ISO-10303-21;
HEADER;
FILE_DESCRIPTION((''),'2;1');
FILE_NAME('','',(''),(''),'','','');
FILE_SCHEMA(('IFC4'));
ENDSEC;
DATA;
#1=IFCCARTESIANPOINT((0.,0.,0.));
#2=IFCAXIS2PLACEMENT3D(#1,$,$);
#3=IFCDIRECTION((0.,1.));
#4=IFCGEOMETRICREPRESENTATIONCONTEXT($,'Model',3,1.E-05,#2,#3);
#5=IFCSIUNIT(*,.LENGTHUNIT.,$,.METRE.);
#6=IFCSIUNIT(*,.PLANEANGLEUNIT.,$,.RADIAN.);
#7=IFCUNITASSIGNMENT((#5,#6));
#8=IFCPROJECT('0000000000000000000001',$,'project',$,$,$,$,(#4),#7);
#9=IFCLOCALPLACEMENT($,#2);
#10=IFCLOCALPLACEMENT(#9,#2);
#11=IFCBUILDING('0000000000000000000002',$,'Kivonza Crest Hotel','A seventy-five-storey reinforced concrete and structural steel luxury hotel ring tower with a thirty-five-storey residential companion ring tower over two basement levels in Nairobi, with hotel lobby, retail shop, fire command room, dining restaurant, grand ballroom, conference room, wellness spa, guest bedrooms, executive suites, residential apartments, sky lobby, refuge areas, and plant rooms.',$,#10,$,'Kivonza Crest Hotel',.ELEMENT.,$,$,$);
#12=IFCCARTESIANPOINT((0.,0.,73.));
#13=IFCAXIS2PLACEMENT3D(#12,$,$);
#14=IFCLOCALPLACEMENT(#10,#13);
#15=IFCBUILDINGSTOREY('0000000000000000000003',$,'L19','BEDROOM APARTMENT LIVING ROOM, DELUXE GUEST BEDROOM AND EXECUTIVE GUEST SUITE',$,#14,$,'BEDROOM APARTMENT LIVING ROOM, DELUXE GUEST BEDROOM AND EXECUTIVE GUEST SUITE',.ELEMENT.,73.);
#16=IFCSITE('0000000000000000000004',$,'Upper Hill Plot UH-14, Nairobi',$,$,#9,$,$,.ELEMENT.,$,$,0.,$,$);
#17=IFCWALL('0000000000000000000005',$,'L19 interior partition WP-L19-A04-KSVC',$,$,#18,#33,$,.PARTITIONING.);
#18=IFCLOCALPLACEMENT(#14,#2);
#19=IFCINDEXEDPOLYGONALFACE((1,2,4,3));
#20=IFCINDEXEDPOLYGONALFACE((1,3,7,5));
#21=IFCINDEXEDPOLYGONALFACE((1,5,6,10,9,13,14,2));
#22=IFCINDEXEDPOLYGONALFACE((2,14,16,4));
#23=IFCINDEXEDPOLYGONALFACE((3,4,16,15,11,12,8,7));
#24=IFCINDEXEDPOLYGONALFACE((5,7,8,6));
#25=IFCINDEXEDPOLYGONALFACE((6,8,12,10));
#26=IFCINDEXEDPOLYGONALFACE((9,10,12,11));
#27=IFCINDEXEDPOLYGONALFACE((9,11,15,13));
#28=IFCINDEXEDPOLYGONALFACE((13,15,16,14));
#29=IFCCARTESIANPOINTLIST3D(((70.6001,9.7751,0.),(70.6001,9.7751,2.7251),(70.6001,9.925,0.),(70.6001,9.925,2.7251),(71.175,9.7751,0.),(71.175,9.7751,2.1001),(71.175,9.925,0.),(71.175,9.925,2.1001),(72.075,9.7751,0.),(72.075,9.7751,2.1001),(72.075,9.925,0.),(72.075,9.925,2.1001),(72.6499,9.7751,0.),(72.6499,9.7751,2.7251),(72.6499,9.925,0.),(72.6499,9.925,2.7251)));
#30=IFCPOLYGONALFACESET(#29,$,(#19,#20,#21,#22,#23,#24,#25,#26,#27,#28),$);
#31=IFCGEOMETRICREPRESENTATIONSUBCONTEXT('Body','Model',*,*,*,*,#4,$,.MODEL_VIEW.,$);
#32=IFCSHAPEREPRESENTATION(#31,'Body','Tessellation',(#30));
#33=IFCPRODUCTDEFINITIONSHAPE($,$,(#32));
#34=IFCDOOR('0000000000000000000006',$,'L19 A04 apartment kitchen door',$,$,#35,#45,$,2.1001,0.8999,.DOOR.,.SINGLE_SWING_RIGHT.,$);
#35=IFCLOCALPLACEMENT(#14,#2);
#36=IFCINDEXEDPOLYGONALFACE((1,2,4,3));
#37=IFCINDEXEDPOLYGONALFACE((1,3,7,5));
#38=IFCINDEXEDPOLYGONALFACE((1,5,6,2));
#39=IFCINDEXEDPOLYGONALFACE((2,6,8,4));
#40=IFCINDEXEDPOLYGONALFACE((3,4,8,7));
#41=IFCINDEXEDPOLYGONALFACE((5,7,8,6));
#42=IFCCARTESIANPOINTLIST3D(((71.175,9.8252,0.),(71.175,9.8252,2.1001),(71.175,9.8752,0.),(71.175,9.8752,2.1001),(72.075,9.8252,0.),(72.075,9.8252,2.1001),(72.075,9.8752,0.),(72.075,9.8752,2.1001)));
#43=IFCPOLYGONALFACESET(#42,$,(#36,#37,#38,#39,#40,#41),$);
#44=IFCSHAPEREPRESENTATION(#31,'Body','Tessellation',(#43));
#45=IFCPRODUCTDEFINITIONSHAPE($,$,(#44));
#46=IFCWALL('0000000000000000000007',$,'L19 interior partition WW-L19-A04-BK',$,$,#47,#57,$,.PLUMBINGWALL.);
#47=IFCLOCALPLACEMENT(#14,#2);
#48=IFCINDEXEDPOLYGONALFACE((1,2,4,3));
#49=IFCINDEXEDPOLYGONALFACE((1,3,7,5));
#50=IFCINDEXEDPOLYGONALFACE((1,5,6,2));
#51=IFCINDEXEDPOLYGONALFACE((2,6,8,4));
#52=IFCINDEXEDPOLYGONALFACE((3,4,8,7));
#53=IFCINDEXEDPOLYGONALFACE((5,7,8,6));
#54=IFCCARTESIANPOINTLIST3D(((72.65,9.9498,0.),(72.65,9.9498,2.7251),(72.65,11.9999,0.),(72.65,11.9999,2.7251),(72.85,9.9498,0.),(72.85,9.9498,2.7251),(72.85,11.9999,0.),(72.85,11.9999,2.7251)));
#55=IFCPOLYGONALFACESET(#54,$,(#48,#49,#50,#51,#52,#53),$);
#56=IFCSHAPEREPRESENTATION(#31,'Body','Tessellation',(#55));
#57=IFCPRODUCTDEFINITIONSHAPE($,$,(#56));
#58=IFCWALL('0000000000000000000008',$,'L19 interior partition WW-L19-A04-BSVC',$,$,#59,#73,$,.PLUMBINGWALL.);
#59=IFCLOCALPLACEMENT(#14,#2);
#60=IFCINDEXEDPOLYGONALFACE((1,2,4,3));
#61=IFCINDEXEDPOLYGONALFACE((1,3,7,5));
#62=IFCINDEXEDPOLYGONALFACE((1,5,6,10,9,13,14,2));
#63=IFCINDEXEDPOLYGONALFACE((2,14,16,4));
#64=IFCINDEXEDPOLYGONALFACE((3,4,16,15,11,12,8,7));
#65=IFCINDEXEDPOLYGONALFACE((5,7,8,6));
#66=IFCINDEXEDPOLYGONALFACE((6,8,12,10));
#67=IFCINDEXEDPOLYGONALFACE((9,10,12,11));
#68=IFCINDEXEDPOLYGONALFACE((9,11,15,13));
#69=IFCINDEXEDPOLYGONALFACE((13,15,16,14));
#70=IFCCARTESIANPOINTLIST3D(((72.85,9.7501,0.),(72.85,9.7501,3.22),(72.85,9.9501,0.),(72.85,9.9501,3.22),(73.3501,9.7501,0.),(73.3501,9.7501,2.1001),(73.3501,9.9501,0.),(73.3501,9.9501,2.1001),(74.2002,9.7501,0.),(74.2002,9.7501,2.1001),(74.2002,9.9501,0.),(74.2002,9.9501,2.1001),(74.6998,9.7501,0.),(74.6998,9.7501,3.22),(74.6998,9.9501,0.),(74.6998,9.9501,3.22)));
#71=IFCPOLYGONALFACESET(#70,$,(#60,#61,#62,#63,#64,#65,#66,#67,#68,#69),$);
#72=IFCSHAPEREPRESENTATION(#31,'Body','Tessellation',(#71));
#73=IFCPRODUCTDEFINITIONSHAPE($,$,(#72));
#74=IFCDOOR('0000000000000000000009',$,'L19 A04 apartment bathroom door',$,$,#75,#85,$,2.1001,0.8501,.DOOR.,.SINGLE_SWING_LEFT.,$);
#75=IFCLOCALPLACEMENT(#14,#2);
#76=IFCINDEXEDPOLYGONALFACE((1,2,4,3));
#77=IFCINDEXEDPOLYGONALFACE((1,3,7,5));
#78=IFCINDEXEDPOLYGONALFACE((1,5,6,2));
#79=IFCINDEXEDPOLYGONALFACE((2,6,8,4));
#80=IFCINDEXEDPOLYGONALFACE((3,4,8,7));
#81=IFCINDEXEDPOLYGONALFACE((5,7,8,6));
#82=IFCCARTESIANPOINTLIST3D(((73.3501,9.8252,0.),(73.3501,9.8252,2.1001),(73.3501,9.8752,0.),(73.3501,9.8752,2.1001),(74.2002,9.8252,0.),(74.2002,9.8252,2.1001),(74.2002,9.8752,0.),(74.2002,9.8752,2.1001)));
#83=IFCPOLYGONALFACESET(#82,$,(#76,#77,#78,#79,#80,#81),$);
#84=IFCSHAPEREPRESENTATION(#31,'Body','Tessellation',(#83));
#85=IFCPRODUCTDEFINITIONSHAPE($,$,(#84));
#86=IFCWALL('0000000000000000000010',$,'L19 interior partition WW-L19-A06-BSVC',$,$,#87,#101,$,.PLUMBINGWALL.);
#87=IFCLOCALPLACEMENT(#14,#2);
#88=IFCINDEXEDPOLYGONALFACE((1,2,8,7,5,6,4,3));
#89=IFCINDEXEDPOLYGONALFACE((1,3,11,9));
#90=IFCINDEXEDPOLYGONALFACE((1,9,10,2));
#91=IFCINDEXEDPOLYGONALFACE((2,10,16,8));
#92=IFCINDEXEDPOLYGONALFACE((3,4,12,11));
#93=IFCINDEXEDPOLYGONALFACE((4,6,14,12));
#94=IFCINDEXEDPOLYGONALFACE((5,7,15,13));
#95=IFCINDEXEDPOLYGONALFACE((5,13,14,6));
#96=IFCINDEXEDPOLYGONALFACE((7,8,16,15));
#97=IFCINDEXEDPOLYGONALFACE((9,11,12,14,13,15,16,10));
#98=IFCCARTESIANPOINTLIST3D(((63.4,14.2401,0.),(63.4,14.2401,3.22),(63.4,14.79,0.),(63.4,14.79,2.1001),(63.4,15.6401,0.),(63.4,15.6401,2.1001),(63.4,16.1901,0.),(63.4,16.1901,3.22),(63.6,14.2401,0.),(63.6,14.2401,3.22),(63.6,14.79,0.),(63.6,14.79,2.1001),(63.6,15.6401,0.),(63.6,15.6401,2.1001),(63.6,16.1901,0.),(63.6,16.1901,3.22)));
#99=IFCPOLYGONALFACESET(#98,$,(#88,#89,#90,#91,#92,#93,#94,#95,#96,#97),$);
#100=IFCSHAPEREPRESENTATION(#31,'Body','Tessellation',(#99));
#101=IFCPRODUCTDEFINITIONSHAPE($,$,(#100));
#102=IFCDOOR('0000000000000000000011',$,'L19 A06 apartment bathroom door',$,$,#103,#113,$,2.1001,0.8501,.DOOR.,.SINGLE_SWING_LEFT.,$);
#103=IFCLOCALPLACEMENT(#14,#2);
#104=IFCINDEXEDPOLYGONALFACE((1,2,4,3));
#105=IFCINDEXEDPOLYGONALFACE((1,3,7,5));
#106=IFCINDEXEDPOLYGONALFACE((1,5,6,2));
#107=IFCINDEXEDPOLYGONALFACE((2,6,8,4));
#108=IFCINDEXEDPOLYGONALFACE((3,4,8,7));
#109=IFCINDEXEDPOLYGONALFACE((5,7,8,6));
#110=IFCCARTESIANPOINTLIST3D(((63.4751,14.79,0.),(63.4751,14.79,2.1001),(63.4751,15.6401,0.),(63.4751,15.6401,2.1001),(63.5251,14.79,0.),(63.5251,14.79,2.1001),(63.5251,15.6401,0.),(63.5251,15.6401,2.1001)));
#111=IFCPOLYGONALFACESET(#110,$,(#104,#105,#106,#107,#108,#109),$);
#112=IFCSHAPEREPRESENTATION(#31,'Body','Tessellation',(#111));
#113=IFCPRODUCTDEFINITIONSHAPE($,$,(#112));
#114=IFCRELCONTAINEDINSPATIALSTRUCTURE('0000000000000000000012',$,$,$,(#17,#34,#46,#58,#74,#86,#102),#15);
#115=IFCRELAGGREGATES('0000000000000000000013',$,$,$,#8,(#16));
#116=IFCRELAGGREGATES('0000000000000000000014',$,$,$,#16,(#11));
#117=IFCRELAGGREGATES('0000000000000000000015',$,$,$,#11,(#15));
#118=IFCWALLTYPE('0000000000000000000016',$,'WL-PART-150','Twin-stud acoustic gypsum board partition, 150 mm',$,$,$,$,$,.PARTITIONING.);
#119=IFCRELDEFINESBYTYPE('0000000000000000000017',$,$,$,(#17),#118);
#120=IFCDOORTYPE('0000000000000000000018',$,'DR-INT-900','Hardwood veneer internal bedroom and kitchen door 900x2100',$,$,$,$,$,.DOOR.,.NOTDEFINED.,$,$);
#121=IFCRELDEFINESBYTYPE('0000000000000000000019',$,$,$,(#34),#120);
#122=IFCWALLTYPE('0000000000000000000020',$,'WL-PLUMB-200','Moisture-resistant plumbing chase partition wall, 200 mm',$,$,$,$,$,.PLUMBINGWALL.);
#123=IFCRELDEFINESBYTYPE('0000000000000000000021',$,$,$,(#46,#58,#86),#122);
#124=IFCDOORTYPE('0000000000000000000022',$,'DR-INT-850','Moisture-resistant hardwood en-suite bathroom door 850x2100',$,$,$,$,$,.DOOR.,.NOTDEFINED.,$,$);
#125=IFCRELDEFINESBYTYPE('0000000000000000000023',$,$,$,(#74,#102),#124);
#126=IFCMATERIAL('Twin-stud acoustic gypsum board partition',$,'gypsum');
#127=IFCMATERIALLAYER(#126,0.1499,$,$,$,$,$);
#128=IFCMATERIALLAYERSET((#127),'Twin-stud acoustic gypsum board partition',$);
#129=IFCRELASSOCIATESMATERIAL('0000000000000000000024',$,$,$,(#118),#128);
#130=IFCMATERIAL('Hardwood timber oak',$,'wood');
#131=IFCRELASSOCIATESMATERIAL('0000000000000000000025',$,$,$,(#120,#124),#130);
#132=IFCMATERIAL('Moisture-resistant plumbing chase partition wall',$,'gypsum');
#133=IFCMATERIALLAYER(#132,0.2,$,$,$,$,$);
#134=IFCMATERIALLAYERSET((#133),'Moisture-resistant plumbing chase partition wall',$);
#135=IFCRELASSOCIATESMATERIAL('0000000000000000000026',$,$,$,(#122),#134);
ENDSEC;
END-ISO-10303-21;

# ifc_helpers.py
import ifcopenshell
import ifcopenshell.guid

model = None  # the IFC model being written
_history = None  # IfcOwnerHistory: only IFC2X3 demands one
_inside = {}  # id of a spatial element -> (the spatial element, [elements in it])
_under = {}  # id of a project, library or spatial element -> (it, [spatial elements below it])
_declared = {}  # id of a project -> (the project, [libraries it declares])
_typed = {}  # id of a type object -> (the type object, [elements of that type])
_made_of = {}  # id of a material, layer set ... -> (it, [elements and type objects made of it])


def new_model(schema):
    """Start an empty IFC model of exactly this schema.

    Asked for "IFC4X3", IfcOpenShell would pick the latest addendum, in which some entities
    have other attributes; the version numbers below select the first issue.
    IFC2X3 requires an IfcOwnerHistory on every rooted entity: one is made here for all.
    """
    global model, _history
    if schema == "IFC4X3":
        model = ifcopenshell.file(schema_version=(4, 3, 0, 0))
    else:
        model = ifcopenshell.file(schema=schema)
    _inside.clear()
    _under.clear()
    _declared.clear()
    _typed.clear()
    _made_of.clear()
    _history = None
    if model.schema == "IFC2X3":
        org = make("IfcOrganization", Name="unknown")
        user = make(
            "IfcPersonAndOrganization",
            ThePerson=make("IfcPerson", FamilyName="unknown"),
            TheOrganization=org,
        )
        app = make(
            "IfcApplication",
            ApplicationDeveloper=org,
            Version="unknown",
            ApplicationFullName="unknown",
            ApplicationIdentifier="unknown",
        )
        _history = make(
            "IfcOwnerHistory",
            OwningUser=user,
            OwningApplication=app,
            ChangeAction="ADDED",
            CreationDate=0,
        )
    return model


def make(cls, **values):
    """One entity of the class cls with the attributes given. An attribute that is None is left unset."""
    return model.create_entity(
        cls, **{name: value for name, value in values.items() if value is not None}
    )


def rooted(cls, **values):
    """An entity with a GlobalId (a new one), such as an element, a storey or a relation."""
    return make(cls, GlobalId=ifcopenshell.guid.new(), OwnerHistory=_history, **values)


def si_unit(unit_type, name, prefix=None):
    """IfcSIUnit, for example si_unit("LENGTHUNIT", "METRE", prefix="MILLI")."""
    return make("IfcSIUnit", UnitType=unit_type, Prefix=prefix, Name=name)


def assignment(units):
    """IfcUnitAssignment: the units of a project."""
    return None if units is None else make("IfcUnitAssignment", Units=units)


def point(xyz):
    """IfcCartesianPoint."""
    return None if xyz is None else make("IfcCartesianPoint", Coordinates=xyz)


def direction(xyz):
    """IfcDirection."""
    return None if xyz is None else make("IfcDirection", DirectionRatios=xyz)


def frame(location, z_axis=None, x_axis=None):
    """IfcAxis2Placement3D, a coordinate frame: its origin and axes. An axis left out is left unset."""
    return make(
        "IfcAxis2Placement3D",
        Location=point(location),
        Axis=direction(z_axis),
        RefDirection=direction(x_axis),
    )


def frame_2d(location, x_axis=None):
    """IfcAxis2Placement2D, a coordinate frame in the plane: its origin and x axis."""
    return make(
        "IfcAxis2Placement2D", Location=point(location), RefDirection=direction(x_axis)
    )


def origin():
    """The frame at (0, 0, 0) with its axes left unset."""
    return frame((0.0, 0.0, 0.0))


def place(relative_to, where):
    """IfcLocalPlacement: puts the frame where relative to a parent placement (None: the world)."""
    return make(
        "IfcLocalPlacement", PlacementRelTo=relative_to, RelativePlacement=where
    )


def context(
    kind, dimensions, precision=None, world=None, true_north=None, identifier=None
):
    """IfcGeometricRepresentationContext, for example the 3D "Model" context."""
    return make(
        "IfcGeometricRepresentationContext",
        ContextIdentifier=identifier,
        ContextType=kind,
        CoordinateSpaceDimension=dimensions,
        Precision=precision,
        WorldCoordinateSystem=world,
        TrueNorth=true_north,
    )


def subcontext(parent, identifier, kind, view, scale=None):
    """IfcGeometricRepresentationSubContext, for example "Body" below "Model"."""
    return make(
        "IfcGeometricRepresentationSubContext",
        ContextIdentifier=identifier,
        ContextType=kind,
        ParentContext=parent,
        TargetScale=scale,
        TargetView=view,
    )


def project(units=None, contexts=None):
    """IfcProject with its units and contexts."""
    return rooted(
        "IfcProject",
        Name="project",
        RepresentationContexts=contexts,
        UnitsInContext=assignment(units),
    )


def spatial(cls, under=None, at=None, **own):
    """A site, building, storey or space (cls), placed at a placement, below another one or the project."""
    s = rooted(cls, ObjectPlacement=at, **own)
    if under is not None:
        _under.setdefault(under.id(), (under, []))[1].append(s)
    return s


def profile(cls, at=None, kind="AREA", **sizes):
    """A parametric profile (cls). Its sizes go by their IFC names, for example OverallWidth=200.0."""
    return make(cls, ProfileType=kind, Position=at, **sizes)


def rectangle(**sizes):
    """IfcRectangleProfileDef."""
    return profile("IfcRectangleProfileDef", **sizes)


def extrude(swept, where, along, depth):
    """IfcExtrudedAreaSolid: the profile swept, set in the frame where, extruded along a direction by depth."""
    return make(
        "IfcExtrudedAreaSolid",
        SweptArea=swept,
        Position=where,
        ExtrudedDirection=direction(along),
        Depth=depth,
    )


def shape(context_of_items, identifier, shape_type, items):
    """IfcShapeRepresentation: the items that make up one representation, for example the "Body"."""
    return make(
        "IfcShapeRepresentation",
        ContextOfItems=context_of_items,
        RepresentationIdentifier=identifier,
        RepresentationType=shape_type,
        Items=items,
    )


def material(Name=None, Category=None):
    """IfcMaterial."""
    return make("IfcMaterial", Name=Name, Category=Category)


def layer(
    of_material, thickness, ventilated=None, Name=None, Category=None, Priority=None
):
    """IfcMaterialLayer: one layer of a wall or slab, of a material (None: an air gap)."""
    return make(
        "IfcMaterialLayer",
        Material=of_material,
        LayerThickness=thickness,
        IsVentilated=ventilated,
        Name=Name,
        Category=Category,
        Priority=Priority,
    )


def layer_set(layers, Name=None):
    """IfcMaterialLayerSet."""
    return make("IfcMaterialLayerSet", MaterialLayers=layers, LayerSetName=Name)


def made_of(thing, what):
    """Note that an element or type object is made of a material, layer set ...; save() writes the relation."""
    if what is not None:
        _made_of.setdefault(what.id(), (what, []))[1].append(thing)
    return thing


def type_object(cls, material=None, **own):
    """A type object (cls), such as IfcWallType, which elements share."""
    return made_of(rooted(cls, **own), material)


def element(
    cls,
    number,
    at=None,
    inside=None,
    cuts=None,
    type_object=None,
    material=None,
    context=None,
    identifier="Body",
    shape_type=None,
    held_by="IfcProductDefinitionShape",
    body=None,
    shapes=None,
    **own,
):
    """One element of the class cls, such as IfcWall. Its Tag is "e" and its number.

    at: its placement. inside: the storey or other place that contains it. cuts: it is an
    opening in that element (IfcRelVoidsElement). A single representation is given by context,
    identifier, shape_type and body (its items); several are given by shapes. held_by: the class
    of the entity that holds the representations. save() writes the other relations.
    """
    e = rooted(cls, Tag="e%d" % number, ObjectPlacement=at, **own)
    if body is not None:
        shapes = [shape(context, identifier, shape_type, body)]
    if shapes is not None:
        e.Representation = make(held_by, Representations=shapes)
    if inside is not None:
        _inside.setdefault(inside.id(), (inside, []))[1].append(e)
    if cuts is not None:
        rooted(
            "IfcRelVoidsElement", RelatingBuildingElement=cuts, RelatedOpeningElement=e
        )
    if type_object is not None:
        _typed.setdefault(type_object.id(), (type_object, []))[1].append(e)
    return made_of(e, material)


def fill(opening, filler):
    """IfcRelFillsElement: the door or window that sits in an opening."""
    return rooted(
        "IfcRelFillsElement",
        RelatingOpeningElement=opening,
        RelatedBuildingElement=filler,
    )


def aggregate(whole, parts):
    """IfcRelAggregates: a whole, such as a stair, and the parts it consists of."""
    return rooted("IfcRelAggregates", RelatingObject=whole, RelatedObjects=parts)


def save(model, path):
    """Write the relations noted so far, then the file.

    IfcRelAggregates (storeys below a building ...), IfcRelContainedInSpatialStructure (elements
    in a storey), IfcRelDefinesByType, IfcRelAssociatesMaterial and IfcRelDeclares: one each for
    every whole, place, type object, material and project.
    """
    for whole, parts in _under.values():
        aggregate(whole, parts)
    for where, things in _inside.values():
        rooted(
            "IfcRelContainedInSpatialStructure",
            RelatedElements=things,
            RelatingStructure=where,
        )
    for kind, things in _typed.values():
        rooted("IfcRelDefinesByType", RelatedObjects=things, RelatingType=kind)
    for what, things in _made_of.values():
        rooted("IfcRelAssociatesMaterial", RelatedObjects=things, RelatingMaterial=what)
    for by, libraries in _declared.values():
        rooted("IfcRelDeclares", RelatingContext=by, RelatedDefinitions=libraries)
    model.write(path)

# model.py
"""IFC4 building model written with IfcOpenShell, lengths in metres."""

from ifc_helpers import new_model, si_unit, direction, frame, frame_2d, origin, place, context, subcontext, project, spatial, rectangle, extrude, material, layer, layer_set, type_object, element, fill, save


model = new_model("IFC4")

# Units and contexts
model_context = context("Model", 3, precision=1e-05, world=origin(), true_north=direction((0.0, 1.0)))
body_context = subcontext(model_context, "Body", "Model", "MODEL_VIEW")
ifc_project = project(units=[si_unit("LENGTHUNIT", "METRE"), si_unit("PLANEANGLEUNIT", "RADIAN")], contexts=[model_context])

# Site, building, storey
site_placement = place(None, origin())
site = spatial("IfcSite", under=ifc_project, at=site_placement, Name="Upper Hill Plot UH-14, Nairobi", CompositionType="ELEMENT", RefElevation=0.0)
building_placement = place(site_placement, origin())
building = spatial("IfcBuilding", under=site, at=building_placement, Name="Kivonza Crest Hotel", Description="A seventy-five-storey reinforced concrete and structural steel luxury hotel ring tower with a thirty-five-storey residential companion ring tower over two basement levels in Nairobi, with hotel lobby, retail shop, fire command room, dining restaurant, grand ballroom, conference room, wellness spa, guest bedrooms, executive suites, residential apartments, sky lobby, refuge areas, and plant rooms.", LongName="Kivonza Crest Hotel", CompositionType="ELEMENT")
storey_placement = place(building_placement, frame((0.0, 0.0, 73.0)))
storey = spatial("IfcBuildingStorey", under=building, at=storey_placement, Name="L19", Description="BEDROOM APARTMENT LIVING ROOM, DELUXE GUEST BEDROOM AND EXECUTIVE GUEST SUITE", LongName="BEDROOM APARTMENT LIVING ROOM, DELUXE GUEST BEDROOM AND EXECUTIVE GUEST SUITE", CompositionType="ELEMENT", Elevation=73.0)

# Shared definitions
ifc_material_1 = material(Name="Hardwood timber oak", Category="wood")

# Shared definitions
ifc_material_2 = material(Name="Twin-stud acoustic gypsum board partition", Category="gypsum")
ifc_layer_1 = layer(ifc_material_2, 0.1499)
ifc_layer_set_1 = layer_set([ifc_layer_1], Name="Twin-stud acoustic gypsum board partition")
wall_type_1 = type_object("IfcWallType", Name="WL-PART-150", Description="Twin-stud acoustic gypsum board partition, 150 mm", PredefinedType="PARTITIONING", material=ifc_layer_set_1)

# Wall, opening, door
wall_1_placement = place(storey_placement, frame((70.6001, 9.8501, 0.0), z_axis=(0.0, 0.0, 1.0), x_axis=(1.0, 0.0, 0.0)))
wall_1 = element("IfcWall", 1, at=wall_1_placement, inside=storey, type_object=wall_type_1, Name="L19 interior partition WP-L19-A04-KSVC", PredefinedType="PARTITIONING", context=body_context, shape_type="SweptSolid", body=[
    extrude(rectangle(XDim=2.0498, YDim=0.1499, at=frame_2d((1.0249, 0.0))), origin(), (0.0, 0.0, 1.0), 2.7251),
])
opening_1_placement = place(wall_1_placement, frame((0.575, 0.0, 0.0)))
opening_1 = element("IfcOpeningElement", 2, at=opening_1_placement, cuts=wall_1, PredefinedType="OPENING", context=body_context, shape_type="SweptSolid", body=[
    extrude(rectangle(XDim=0.8999, YDim=2.1001, at=frame_2d((0.45, 1.05))), frame((0.0, 0.085, 0.0), z_axis=(0.0, -1.0, 0.0), x_axis=(1.0, 0.0, 0.0)), (0.0, 0.0, 1.0), 0.1699),
])
door_type_1 = type_object("IfcDoorType", Name="DR-INT-900", Description="Hardwood veneer internal bedroom and kitchen door 900x2100", OperationType="NOTDEFINED", PredefinedType="DOOR", material=ifc_material_1)
door_1_placement = place(opening_1_placement, frame((0.8999, 0.0, 0.0), z_axis=(0.0, 0.0, 1.0), x_axis=(-1.0, 0.0, 0.0)))
door_1 = element("IfcDoor", 3, at=door_1_placement, inside=storey, type_object=door_type_1, Name="L19 A04 apartment kitchen door", OperationType="SINGLE_SWING_RIGHT", OverallHeight=2.1001, OverallWidth=0.8999, PredefinedType="DOOR", context=body_context, shape_type="SweptSolid", body=[
    extrude(rectangle(XDim=0.8999, YDim=2.1001, at=frame_2d((0.45, 1.05))), frame((0.0, 0.0249, 0.0), z_axis=(0.0, -1.0, 0.0), x_axis=(1.0, 0.0, 0.0)), (0.0, 0.0, 1.0), 0.05),
])
fill(opening_1, door_1)

# Wall
ifc_material_3 = material(Name="Moisture-resistant plumbing chase partition wall", Category="gypsum")
ifc_layer_2 = layer(ifc_material_3, 0.2)
ifc_layer_set_2 = layer_set([ifc_layer_2], Name="Moisture-resistant plumbing chase partition wall")
wall_type_2 = type_object("IfcWallType", Name="WL-PLUMB-200", Description="Moisture-resistant plumbing chase partition wall, 200 mm", PredefinedType="PLUMBINGWALL", material=ifc_layer_set_2)
wall_2_placement = place(storey_placement, frame((72.75, 9.95, 0.0), z_axis=(0.0, 0.0, 1.0), x_axis=(0.0, 1.0, 0.0)))
element("IfcWall", 4, at=wall_2_placement, inside=storey, type_object=wall_type_2, Name="L19 interior partition WW-L19-A04-BK", PredefinedType="PLUMBINGWALL", context=body_context, shape_type="SweptSolid", body=[
    extrude(rectangle(XDim=2.05, YDim=0.2, at=frame_2d((1.0249, 0.0))), origin(), (0.0, 0.0, 1.0), 2.7251),
])

# Walls, openings, doors
wall_3_placement = place(storey_placement, frame((72.8501, 9.8501, 0.0), z_axis=(0.0, 0.0, 1.0), x_axis=(1.0, 0.0, 0.0)))
wall_3 = element("IfcWall", 5, at=wall_3_placement, inside=storey, type_object=wall_type_2, Name="L19 interior partition WW-L19-A04-BSVC", PredefinedType="PLUMBINGWALL", context=body_context, shape_type="SweptSolid", body=[
    extrude(rectangle(XDim=1.8499, YDim=0.2, at=frame_2d((0.9248, 0.0))), origin(), (0.0, 0.0, 1.0), 3.22),
])
opening_2_placement = place(wall_3_placement, frame((0.5, 0.0, 0.0)))
opening_2 = element("IfcOpeningElement", 6, at=opening_2_placement, cuts=wall_3, PredefinedType="OPENING", context=body_context, shape_type="SweptSolid", body=[
    extrude(rectangle(XDim=0.8501, YDim=2.1001, at=frame_2d((0.425, 1.05))), frame((0.0, 0.1099, 0.0), z_axis=(0.0, -1.0, 0.0), x_axis=(1.0, 0.0, 0.0)), (0.0, 0.0, 1.0), 0.22),
])
door_type_2 = type_object("IfcDoorType", Name="DR-INT-850", Description="Moisture-resistant hardwood en-suite bathroom door 850x2100", OperationType="NOTDEFINED", PredefinedType="DOOR", material=ifc_material_1)
door_2_placement = place(opening_2_placement, frame((0.8501, 0.0, 0.0), z_axis=(0.0, 0.0, 1.0), x_axis=(-1.0, 0.0, 0.0)))
door_2 = element("IfcDoor", 7, at=door_2_placement, inside=storey, type_object=door_type_2, Name="L19 A04 apartment bathroom door", OperationType="SINGLE_SWING_LEFT", OverallHeight=2.1001, OverallWidth=0.8501, PredefinedType="DOOR", context=body_context, shape_type="SweptSolid", body=[
    extrude(rectangle(XDim=0.8501, YDim=2.1001, at=frame_2d((0.425, 1.05))), frame((0.0, 0.0249, 0.0), z_axis=(0.0, -1.0, 0.0), x_axis=(1.0, 0.0, 0.0)), (0.0, 0.0, 1.0), 0.05),
])
fill(opening_2, door_2)
wall_4_placement = place(storey_placement, frame((63.5, 14.24, 0.0), z_axis=(0.0, 0.0, 1.0), x_axis=(0.0, 1.0, 0.0)))
wall_4 = element("IfcWall", 8, at=wall_4_placement, inside=storey, type_object=wall_type_2, Name="L19 interior partition WW-L19-A06-BSVC", PredefinedType="PLUMBINGWALL", context=body_context, shape_type="SweptSolid", body=[
    extrude(rectangle(XDim=1.95, YDim=0.2, at=frame_2d((0.9751, 0.0))), origin(), (0.0, 0.0, 1.0), 3.22),
])
opening_3_placement = place(wall_4_placement, frame((0.55, 0.0, 0.0)))
opening_3 = element("IfcOpeningElement", 9, at=opening_3_placement, cuts=wall_4, PredefinedType="OPENING", context=body_context, shape_type="SweptSolid", body=[
    extrude(rectangle(XDim=0.8501, YDim=2.1001, at=frame_2d((0.425, 1.05))), frame((0.0, 0.1099, 0.0), z_axis=(0.0, -1.0, 0.0), x_axis=(1.0, 0.0, 0.0)), (0.0, 0.0, 1.0), 0.22),
])
door_3_placement = place(opening_3_placement, origin())
door_3 = element("IfcDoor", 10, at=door_3_placement, inside=storey, type_object=door_type_2, Name="L19 A06 apartment bathroom door", OperationType="SINGLE_SWING_LEFT", OverallHeight=2.1001, OverallWidth=0.8501, PredefinedType="DOOR", context=body_context, shape_type="SweptSolid", body=[
    extrude(rectangle(XDim=0.8501, YDim=2.1001, at=frame_2d((0.425, 1.05))), frame((0.0, 0.0249, 0.0), z_axis=(0.0, -1.0, 0.0), x_axis=(1.0, 0.0, 0.0)), (0.0, 0.0, 1.0), 0.05),
])
fill(opening_3, door_3)

save(model, "model.ifc")
